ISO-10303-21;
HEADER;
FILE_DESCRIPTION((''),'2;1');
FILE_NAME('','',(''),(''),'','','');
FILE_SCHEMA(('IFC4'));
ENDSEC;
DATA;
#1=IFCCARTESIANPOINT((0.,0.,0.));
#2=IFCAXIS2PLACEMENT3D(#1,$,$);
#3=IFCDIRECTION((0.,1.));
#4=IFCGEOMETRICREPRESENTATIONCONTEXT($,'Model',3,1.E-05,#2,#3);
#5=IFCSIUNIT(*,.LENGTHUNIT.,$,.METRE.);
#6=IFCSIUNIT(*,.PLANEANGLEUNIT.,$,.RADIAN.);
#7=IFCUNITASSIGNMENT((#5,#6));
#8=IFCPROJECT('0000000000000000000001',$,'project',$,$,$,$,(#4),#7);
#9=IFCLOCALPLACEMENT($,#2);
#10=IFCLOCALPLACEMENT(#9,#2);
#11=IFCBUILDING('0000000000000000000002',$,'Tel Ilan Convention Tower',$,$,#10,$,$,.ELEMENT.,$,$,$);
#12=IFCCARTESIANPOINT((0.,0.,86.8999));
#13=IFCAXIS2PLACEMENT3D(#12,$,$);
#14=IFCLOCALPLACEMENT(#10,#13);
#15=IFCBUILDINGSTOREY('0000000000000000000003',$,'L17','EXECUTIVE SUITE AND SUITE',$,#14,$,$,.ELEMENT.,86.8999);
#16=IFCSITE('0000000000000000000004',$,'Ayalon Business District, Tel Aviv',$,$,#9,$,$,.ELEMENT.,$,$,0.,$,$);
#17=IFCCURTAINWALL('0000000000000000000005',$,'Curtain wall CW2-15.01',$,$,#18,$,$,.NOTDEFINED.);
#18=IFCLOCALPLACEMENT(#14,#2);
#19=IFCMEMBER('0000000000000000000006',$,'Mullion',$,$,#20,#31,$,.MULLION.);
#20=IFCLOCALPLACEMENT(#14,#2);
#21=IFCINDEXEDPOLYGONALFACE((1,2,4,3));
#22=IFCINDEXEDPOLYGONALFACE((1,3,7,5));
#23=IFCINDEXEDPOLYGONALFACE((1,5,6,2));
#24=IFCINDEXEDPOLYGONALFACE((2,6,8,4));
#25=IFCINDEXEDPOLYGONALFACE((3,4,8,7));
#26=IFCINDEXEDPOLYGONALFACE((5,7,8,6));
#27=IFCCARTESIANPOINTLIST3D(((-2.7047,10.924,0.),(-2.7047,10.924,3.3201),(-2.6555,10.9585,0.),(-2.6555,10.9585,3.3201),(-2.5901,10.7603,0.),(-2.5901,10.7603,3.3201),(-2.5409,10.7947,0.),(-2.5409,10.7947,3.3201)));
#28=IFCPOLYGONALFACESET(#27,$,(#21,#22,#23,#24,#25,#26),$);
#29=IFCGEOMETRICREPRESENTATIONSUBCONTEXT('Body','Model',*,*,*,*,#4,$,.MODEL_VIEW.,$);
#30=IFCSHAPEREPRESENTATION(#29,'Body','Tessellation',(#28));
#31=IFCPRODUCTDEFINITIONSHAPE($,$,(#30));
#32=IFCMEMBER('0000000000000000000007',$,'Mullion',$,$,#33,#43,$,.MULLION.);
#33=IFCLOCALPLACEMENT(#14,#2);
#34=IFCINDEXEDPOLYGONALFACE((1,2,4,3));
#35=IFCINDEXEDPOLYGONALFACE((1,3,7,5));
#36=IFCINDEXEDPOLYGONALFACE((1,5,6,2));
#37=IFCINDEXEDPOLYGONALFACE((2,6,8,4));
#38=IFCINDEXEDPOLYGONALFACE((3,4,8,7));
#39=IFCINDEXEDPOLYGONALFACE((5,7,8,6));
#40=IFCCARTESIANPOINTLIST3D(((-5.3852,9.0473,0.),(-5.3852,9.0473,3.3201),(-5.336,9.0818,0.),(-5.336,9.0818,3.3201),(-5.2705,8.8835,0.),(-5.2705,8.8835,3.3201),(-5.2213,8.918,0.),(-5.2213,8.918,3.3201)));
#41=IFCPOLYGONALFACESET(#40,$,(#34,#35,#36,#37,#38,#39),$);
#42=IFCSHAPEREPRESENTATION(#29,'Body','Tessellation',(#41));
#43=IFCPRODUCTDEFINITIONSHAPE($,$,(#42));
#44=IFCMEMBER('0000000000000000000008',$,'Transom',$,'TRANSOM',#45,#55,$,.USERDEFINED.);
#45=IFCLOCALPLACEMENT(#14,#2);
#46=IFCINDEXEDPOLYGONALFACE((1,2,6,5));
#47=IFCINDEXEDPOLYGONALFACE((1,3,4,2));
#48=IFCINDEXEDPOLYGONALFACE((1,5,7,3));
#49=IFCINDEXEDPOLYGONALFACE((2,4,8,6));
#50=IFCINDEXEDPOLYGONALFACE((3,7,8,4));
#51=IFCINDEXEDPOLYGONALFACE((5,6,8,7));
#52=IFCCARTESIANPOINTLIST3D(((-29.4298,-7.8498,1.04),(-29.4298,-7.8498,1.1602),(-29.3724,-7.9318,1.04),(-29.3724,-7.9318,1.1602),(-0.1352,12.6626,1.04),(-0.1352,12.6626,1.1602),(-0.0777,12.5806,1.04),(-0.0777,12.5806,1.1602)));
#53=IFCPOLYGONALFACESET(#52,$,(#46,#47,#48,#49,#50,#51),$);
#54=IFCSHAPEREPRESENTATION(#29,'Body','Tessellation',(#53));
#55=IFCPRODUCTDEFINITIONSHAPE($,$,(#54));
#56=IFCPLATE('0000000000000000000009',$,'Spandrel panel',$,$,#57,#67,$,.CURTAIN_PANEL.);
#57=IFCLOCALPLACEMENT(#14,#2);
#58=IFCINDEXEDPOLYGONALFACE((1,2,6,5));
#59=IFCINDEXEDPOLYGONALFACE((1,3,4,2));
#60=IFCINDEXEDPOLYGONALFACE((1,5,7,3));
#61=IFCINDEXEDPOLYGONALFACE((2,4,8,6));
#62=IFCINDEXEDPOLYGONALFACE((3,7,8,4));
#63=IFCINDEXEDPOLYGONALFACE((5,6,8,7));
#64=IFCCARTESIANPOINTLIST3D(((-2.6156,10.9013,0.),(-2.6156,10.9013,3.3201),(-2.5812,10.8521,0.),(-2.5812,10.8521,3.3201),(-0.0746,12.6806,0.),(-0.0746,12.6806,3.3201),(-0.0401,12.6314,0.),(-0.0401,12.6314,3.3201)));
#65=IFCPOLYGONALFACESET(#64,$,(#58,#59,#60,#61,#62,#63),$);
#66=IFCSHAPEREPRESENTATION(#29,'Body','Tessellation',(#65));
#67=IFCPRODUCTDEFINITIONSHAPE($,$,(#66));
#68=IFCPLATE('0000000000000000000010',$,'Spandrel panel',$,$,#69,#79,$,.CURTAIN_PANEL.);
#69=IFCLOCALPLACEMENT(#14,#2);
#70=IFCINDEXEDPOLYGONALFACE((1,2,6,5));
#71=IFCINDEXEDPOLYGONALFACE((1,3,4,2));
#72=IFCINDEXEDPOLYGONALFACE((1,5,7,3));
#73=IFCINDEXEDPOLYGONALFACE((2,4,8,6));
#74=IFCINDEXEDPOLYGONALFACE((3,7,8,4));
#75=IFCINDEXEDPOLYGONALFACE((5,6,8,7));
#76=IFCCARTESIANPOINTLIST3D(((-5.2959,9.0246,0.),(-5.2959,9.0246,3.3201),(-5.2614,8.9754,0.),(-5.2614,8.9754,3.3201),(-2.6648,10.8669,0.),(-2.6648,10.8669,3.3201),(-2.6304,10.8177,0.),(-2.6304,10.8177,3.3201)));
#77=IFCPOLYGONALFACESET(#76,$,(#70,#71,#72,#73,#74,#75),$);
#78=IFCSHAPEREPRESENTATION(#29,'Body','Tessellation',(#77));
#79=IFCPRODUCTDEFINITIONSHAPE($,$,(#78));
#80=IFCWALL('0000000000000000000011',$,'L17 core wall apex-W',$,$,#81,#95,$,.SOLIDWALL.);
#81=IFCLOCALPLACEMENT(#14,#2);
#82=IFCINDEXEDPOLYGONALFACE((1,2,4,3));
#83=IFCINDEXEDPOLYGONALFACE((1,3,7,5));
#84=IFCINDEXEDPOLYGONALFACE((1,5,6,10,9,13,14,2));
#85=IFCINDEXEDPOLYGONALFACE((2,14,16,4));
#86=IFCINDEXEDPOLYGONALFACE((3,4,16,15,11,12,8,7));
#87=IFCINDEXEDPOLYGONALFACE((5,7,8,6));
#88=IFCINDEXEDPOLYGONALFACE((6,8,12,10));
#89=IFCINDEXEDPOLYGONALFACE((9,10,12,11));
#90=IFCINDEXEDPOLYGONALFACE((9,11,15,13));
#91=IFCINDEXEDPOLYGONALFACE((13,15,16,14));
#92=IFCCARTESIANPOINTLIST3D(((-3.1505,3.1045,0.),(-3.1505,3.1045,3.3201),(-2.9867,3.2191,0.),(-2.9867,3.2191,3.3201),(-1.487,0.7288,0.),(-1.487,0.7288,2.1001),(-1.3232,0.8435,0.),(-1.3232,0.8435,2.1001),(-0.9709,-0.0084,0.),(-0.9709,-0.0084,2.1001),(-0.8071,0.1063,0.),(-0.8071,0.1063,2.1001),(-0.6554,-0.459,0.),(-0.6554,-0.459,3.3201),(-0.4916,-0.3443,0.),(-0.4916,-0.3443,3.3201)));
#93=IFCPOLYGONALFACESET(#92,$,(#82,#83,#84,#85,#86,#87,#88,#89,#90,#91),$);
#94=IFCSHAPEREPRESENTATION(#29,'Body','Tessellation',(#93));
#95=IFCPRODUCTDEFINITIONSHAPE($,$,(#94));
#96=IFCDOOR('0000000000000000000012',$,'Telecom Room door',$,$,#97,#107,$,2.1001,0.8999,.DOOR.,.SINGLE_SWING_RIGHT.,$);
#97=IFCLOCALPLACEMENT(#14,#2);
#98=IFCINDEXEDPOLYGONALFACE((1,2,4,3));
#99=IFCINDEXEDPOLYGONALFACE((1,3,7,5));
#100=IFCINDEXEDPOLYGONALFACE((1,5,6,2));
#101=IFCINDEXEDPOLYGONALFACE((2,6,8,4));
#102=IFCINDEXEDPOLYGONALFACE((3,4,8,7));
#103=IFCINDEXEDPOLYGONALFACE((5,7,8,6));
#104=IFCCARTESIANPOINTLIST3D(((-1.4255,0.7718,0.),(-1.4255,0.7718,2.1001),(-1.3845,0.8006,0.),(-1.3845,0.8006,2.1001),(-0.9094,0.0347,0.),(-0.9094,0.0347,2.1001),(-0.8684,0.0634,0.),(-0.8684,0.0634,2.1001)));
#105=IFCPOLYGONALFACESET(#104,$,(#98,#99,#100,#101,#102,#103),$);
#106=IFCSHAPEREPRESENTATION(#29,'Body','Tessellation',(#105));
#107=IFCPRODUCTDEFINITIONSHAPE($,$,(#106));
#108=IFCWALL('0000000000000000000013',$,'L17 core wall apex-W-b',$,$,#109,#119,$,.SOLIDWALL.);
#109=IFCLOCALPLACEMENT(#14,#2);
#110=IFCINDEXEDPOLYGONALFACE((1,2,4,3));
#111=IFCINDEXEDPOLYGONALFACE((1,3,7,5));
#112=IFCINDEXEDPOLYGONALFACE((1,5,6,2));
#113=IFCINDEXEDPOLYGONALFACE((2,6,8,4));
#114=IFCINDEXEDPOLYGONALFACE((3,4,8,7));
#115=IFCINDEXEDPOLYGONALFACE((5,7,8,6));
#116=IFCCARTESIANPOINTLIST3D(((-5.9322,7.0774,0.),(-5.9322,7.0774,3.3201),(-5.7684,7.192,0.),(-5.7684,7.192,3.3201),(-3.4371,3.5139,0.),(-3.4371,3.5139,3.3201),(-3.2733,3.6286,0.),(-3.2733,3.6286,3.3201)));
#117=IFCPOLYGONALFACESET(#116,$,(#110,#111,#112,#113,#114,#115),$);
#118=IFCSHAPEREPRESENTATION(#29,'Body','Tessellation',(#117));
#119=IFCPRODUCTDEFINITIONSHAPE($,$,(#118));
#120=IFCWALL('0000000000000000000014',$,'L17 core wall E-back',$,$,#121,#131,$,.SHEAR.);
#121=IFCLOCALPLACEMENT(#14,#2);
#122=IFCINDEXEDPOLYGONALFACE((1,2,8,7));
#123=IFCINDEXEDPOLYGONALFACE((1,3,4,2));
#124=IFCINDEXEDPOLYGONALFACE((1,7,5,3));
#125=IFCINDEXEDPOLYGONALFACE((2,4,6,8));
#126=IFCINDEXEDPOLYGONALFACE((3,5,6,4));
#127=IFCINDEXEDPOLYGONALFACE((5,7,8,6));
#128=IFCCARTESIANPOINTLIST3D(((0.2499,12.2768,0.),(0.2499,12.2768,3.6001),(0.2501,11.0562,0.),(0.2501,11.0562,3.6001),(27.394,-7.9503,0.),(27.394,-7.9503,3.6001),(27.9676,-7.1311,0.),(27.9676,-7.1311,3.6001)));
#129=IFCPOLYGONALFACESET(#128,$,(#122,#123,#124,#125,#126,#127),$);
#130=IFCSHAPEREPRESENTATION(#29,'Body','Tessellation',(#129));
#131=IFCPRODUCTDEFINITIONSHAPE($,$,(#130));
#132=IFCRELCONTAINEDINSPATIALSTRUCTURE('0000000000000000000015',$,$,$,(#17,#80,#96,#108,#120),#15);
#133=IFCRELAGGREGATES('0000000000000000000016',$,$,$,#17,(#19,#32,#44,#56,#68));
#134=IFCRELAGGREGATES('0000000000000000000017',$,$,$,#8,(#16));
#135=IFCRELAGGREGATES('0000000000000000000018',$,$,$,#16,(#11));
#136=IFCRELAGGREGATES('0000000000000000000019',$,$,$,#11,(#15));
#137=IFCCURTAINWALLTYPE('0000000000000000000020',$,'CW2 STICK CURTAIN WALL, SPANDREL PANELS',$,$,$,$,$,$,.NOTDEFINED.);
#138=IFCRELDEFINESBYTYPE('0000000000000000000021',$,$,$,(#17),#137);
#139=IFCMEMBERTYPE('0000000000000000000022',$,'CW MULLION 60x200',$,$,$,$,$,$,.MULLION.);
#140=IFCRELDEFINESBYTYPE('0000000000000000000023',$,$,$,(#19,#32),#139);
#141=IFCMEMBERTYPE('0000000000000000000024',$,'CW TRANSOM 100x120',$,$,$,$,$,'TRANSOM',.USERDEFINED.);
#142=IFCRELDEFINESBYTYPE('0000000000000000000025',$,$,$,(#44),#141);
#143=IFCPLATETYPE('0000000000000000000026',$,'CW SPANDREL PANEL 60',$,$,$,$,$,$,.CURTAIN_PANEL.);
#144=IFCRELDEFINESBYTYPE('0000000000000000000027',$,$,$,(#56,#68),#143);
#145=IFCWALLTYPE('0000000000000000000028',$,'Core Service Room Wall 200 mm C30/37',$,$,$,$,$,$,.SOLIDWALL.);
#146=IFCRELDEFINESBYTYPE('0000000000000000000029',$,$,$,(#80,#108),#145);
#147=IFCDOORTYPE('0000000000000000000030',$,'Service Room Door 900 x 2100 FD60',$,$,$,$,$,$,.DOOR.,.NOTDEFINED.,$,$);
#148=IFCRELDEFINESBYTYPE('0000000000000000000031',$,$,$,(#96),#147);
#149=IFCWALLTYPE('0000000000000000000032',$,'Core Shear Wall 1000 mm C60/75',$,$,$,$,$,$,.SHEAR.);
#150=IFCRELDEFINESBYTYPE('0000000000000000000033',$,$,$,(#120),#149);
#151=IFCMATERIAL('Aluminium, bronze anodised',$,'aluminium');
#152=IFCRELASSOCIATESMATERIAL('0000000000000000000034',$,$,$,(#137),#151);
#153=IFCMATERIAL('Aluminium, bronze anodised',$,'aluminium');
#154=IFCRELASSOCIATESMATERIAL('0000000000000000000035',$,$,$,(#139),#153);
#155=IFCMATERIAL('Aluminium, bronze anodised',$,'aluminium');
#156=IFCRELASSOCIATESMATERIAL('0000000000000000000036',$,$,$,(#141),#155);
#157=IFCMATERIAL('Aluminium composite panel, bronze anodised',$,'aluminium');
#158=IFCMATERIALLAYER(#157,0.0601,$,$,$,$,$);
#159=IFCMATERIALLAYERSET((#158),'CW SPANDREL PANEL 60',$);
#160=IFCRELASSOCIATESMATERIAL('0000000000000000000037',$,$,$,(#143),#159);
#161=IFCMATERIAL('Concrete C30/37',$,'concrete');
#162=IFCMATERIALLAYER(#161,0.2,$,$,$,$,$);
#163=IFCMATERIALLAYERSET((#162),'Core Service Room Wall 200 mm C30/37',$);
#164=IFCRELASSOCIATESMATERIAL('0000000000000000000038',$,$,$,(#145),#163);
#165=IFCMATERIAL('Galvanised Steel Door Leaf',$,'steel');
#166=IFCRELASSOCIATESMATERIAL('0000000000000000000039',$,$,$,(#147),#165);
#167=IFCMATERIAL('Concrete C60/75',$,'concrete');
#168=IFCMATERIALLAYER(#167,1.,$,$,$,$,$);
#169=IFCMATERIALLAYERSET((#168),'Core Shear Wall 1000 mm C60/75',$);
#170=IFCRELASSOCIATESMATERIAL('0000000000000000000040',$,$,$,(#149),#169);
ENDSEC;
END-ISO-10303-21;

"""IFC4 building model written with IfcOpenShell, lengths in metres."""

from ifc_helpers import new_model, si_unit, direction, frame, frame_2d, origin, origin_2d, place, context, subcontext, project, spatial, polyline, rectangle, outline, extrude, material, layer, layer_set, material_profile, profile_set, type_object, element, fill, aggregate, save


model = new_model("IFC4")

# Units and contexts
model_context = context("Model", 3, precision=1e-05, world=origin(), true_north=direction((0.0, 1.0)))
body_context = subcontext(model_context, "Body", "Model", "MODEL_VIEW")
ifc_project = project(units=[si_unit("LENGTHUNIT", "METRE"), si_unit("PLANEANGLEUNIT", "RADIAN")], contexts=[model_context])

# Site, building, storey
site_placement = place(None, origin())
site = spatial("IfcSite", under=ifc_project, at=site_placement, Name="Ayalon Business District, Tel Aviv", CompositionType="ELEMENT", RefElevation=0.0)
building_placement = place(site_placement, origin())
building = spatial("IfcBuilding", under=site, at=building_placement, Name="Tel Ilan Convention Tower", CompositionType="ELEMENT")
storey_placement = place(building_placement, frame((0.0, 0.0, 86.8999)))
storey = spatial("IfcBuildingStorey", under=building, at=storey_placement, Name="L17", Description="EXECUTIVE SUITE AND SUITE", CompositionType="ELEMENT", Elevation=86.8999)

# Curtain wall, members, plates
ifc_material_1 = material(Name="Aluminium, bronze anodised", Category="aluminium")
curtain_wall_type = type_object("IfcCurtainWallType", Name="CW2 STICK CURTAIN WALL, SPANDREL PANELS", PredefinedType="NOTDEFINED", material=ifc_material_1)
curtain_wall_placement = place(storey_placement, origin())
curtain_wall = element("IfcCurtainWall", 1, at=curtain_wall_placement, inside=storey, type_object=curtain_wall_type, Name="Curtain wall CW2-15.01", PredefinedType="NOTDEFINED")
ifc_material_2 = material(Name="Aluminium, bronze anodised", Category="aluminium")
ifc_material_profile_1 = material_profile(ifc_material_2, rectangle(XDim=0.0601, YDim=0.2, at=origin_2d()), Name="CW MULLION 60x200")
ifc_profile_set_1 = profile_set([ifc_material_profile_1], Name="Aluminium, bronze anodised")
member_type_1 = type_object("IfcMemberType", Name="CW MULLION 60x200", PredefinedType="MULLION", material=ifc_profile_set_1)
member_1_placement = place(storey_placement, frame((-2.6228, 10.8594, 0.0), z_axis=(0.0, 0.0, 1.0), x_axis=(-0.819152, -0.573576, 0.0)))
member_1 = element("IfcMember", 2, at=member_1_placement, type_object=member_type_1, Name="Mullion", PredefinedType="MULLION", context=body_context, shape_type="SweptSolid", body=[
    extrude(rectangle(XDim=0.0601, YDim=0.2, at=origin_2d()), origin(), (0.0, 0.0, 1.0), 3.3201),
])
member_2_placement = place(storey_placement, frame((-5.3032, 8.9827, 0.0), z_axis=(0.0, 0.0, 1.0), x_axis=(-0.819152, -0.573576, 0.0)))
member_2 = element("IfcMember", 3, at=member_2_placement, type_object=member_type_1, Name="Mullion", PredefinedType="MULLION", context=body_context, shape_type="SweptSolid", body=[
    extrude(rectangle(XDim=0.0601, YDim=0.2, at=origin_2d()), origin(), (0.0, 0.0, 1.0), 3.3201),
])
ifc_material_3 = material(Name="Aluminium, bronze anodised", Category="aluminium")
ifc_material_profile_2 = material_profile(ifc_material_3, rectangle(XDim=0.1001, YDim=0.1201, at=origin_2d()), Name="CW TRANSOM 100x120")
ifc_profile_set_2 = profile_set([ifc_material_profile_2], Name="Aluminium, bronze anodised")
member_type_2 = type_object("IfcMemberType", Name="CW TRANSOM 100x120", ElementType="TRANSOM", PredefinedType="USERDEFINED", material=ifc_profile_set_2)
member_3_placement = place(storey_placement, frame((-0.1064, 12.6216, 1.1001), z_axis=(-0.819151, -0.573578, 0.0), x_axis=(0.573578, -0.819151, 0.0)))
member_3 = element("IfcMember", 4, at=member_3_placement, type_object=member_type_2, Name="Transom", ObjectType="TRANSOM", PredefinedType="USERDEFINED", context=body_context, shape_type="SweptSolid", body=[
    extrude(rectangle(XDim=0.1001, YDim=0.1201, at=origin_2d()), origin(), (0.0, 0.0, 1.0), 35.7622),
])
ifc_material_4 = material(Name="Aluminium composite panel, bronze anodised", Category="aluminium")
ifc_layer_1 = layer(ifc_material_4, 0.0601)
ifc_layer_set_1 = layer_set([ifc_layer_1], Name="CW SPANDREL PANEL 60")
plate_type = type_object("IfcPlateType", Name="CW SPANDREL PANEL 60", PredefinedType="CURTAIN_PANEL", material=ifc_layer_set_1)
plate_1_placement = place(storey_placement, frame((-1.3279, 11.7664, 0.0), z_axis=(0.0, 0.0, 1.0), x_axis=(-0.819152, -0.573576, 0.0)))
plate_1 = element("IfcPlate", 5, at=plate_1_placement, type_object=plate_type, Name="Spandrel panel", PredefinedType="CURTAIN_PANEL", context=body_context, shape_type="SweptSolid", body=[
    extrude(rectangle(XDim=3.1021, YDim=0.0601, at=origin_2d()), origin(), (0.0, 0.0, 1.0), 3.3201),
])
plate_2_placement = place(storey_placement, frame((-3.9631, 9.9211, 0.0), z_axis=(0.0, 0.0, 1.0), x_axis=(-0.819152, -0.573576, 0.0)))
plate_2 = element("IfcPlate", 6, at=plate_2_placement, type_object=plate_type, Name="Spandrel panel", PredefinedType="CURTAIN_PANEL", context=body_context, shape_type="SweptSolid", body=[
    extrude(rectangle(XDim=3.2119, YDim=0.0601, at=origin_2d()), origin(), (0.0, 0.0, 1.0), 3.3201),
])
aggregate(curtain_wall, [member_1, member_2, member_3, plate_1, plate_2])

# Wall, opening, door
ifc_material_5 = material(Name="Concrete C30/37", Category="concrete")
ifc_layer_2 = layer(ifc_material_5, 0.2)
ifc_layer_set_2 = layer_set([ifc_layer_2], Name="Core Service Room Wall 200 mm C30/37")
wall_type_1 = type_object("IfcWallType", Name="Core Service Room Wall 200 mm C30/37", PredefinedType="SOLIDWALL", material=ifc_layer_set_2)
wall_1_placement = place(storey_placement, frame((-0.5735, -0.4016, 0.0), z_axis=(0.0, 0.0, 1.0), x_axis=(-0.573568, 0.819158, 0.0)))
wall_1 = element("IfcWall", 7, at=wall_1_placement, inside=storey, type_object=wall_type_1, Name="L17 core wall apex-W", PredefinedType="SOLIDWALL", context=body_context, shape_type="SweptSolid", body=[
    extrude(rectangle(XDim=4.3501, YDim=0.2, at=frame_2d((2.175, 0.0))), origin(), (0.0, 0.0, 1.0), 3.3201),
])
opening_1_placement = place(wall_1_placement, frame((0.55, 0.0, 0.0)))
opening_1 = element("IfcOpeningElement", 8, at=opening_1_placement, cuts=wall_1, PredefinedType="OPENING", context=body_context, shape_type="SweptSolid", body=[
    extrude(rectangle(XDim=0.8999, YDim=2.1001, at=frame_2d((0.45, 1.05))), frame((0.0, 0.1099, 0.0), z_axis=(0.0, -1.0, 0.0), x_axis=(1.0, 0.0, 0.0)), (0.0, 0.0, 1.0), 0.22),
])
ifc_material_6 = material(Name="Galvanised Steel Door Leaf", Category="steel")
door_type_1 = type_object("IfcDoorType", Name="Service Room Door 900 x 2100 FD60", OperationType="NOTDEFINED", PredefinedType="DOOR", material=ifc_material_6)
door_1_placement = place(opening_1_placement, origin())
door_1 = element("IfcDoor", 9, at=door_1_placement, inside=storey, type_object=door_type_1, Name="Telecom Room door", OperationType="SINGLE_SWING_RIGHT", OverallHeight=2.1001, OverallWidth=0.8999, PredefinedType="DOOR", context=body_context, shape_type="SweptSolid", body=[
    extrude(rectangle(XDim=0.8999, YDim=2.1001, at=frame_2d((0.45, 1.05))), frame((0.0, 0.0249, 0.0), z_axis=(0.0, -1.0, 0.0), x_axis=(1.0, 0.0, 0.0)), (0.0, 0.0, 1.0), 0.05),
])
fill(opening_1, door_1)

# Walls
wall_2_placement = place(storey_placement, frame((-3.3552, 3.5713, 0.0), z_axis=(0.0, 0.0, 1.0), x_axis=(-0.573568, 0.819158, 0.0)))
element("IfcWall", 10, at=wall_2_placement, inside=storey, type_object=wall_type_1, Name="L17 core wall apex-W-b", PredefinedType="SOLIDWALL", context=body_context, shape_type="SweptSolid", body=[
    extrude(rectangle(XDim=4.3501, YDim=0.2, at=frame_2d((2.175, 0.0))), origin(), (0.0, 0.0, 1.0), 3.3201),
])
ifc_material_7 = material(Name="Concrete C60/75", Category="concrete")
ifc_layer_3 = layer(ifc_material_7, 1.0)
ifc_layer_set_3 = layer_set([ifc_layer_3], Name="Core Shear Wall 1000 mm C60/75")
wall_type_2 = type_object("IfcWallType", Name="Core Shear Wall 1000 mm C60/75", PredefinedType="SHEAR", material=ifc_layer_set_3)
wall_3_placement = place(storey_placement, frame((-0.0369, 11.8672, 0.0), z_axis=(0.0, 0.0, 1.0), x_axis=(0.819155, -0.573572, 0.0)))
element("IfcWall", 11, at=wall_3_placement, inside=storey, type_object=wall_type_2, Name="L17 core wall E-back", PredefinedType="SHEAR", context=body_context, shape_type="SweptSolid", body=[
    extrude(outline(polyline([(33.8369, 0.5), (0.0, 0.5), (0.7002, -0.4998), (33.8369, -0.5), (33.8369, 0.5)])), origin(), (0.0, 0.0, 1.0), 3.6001),
])

save(model, "model.ifc")
